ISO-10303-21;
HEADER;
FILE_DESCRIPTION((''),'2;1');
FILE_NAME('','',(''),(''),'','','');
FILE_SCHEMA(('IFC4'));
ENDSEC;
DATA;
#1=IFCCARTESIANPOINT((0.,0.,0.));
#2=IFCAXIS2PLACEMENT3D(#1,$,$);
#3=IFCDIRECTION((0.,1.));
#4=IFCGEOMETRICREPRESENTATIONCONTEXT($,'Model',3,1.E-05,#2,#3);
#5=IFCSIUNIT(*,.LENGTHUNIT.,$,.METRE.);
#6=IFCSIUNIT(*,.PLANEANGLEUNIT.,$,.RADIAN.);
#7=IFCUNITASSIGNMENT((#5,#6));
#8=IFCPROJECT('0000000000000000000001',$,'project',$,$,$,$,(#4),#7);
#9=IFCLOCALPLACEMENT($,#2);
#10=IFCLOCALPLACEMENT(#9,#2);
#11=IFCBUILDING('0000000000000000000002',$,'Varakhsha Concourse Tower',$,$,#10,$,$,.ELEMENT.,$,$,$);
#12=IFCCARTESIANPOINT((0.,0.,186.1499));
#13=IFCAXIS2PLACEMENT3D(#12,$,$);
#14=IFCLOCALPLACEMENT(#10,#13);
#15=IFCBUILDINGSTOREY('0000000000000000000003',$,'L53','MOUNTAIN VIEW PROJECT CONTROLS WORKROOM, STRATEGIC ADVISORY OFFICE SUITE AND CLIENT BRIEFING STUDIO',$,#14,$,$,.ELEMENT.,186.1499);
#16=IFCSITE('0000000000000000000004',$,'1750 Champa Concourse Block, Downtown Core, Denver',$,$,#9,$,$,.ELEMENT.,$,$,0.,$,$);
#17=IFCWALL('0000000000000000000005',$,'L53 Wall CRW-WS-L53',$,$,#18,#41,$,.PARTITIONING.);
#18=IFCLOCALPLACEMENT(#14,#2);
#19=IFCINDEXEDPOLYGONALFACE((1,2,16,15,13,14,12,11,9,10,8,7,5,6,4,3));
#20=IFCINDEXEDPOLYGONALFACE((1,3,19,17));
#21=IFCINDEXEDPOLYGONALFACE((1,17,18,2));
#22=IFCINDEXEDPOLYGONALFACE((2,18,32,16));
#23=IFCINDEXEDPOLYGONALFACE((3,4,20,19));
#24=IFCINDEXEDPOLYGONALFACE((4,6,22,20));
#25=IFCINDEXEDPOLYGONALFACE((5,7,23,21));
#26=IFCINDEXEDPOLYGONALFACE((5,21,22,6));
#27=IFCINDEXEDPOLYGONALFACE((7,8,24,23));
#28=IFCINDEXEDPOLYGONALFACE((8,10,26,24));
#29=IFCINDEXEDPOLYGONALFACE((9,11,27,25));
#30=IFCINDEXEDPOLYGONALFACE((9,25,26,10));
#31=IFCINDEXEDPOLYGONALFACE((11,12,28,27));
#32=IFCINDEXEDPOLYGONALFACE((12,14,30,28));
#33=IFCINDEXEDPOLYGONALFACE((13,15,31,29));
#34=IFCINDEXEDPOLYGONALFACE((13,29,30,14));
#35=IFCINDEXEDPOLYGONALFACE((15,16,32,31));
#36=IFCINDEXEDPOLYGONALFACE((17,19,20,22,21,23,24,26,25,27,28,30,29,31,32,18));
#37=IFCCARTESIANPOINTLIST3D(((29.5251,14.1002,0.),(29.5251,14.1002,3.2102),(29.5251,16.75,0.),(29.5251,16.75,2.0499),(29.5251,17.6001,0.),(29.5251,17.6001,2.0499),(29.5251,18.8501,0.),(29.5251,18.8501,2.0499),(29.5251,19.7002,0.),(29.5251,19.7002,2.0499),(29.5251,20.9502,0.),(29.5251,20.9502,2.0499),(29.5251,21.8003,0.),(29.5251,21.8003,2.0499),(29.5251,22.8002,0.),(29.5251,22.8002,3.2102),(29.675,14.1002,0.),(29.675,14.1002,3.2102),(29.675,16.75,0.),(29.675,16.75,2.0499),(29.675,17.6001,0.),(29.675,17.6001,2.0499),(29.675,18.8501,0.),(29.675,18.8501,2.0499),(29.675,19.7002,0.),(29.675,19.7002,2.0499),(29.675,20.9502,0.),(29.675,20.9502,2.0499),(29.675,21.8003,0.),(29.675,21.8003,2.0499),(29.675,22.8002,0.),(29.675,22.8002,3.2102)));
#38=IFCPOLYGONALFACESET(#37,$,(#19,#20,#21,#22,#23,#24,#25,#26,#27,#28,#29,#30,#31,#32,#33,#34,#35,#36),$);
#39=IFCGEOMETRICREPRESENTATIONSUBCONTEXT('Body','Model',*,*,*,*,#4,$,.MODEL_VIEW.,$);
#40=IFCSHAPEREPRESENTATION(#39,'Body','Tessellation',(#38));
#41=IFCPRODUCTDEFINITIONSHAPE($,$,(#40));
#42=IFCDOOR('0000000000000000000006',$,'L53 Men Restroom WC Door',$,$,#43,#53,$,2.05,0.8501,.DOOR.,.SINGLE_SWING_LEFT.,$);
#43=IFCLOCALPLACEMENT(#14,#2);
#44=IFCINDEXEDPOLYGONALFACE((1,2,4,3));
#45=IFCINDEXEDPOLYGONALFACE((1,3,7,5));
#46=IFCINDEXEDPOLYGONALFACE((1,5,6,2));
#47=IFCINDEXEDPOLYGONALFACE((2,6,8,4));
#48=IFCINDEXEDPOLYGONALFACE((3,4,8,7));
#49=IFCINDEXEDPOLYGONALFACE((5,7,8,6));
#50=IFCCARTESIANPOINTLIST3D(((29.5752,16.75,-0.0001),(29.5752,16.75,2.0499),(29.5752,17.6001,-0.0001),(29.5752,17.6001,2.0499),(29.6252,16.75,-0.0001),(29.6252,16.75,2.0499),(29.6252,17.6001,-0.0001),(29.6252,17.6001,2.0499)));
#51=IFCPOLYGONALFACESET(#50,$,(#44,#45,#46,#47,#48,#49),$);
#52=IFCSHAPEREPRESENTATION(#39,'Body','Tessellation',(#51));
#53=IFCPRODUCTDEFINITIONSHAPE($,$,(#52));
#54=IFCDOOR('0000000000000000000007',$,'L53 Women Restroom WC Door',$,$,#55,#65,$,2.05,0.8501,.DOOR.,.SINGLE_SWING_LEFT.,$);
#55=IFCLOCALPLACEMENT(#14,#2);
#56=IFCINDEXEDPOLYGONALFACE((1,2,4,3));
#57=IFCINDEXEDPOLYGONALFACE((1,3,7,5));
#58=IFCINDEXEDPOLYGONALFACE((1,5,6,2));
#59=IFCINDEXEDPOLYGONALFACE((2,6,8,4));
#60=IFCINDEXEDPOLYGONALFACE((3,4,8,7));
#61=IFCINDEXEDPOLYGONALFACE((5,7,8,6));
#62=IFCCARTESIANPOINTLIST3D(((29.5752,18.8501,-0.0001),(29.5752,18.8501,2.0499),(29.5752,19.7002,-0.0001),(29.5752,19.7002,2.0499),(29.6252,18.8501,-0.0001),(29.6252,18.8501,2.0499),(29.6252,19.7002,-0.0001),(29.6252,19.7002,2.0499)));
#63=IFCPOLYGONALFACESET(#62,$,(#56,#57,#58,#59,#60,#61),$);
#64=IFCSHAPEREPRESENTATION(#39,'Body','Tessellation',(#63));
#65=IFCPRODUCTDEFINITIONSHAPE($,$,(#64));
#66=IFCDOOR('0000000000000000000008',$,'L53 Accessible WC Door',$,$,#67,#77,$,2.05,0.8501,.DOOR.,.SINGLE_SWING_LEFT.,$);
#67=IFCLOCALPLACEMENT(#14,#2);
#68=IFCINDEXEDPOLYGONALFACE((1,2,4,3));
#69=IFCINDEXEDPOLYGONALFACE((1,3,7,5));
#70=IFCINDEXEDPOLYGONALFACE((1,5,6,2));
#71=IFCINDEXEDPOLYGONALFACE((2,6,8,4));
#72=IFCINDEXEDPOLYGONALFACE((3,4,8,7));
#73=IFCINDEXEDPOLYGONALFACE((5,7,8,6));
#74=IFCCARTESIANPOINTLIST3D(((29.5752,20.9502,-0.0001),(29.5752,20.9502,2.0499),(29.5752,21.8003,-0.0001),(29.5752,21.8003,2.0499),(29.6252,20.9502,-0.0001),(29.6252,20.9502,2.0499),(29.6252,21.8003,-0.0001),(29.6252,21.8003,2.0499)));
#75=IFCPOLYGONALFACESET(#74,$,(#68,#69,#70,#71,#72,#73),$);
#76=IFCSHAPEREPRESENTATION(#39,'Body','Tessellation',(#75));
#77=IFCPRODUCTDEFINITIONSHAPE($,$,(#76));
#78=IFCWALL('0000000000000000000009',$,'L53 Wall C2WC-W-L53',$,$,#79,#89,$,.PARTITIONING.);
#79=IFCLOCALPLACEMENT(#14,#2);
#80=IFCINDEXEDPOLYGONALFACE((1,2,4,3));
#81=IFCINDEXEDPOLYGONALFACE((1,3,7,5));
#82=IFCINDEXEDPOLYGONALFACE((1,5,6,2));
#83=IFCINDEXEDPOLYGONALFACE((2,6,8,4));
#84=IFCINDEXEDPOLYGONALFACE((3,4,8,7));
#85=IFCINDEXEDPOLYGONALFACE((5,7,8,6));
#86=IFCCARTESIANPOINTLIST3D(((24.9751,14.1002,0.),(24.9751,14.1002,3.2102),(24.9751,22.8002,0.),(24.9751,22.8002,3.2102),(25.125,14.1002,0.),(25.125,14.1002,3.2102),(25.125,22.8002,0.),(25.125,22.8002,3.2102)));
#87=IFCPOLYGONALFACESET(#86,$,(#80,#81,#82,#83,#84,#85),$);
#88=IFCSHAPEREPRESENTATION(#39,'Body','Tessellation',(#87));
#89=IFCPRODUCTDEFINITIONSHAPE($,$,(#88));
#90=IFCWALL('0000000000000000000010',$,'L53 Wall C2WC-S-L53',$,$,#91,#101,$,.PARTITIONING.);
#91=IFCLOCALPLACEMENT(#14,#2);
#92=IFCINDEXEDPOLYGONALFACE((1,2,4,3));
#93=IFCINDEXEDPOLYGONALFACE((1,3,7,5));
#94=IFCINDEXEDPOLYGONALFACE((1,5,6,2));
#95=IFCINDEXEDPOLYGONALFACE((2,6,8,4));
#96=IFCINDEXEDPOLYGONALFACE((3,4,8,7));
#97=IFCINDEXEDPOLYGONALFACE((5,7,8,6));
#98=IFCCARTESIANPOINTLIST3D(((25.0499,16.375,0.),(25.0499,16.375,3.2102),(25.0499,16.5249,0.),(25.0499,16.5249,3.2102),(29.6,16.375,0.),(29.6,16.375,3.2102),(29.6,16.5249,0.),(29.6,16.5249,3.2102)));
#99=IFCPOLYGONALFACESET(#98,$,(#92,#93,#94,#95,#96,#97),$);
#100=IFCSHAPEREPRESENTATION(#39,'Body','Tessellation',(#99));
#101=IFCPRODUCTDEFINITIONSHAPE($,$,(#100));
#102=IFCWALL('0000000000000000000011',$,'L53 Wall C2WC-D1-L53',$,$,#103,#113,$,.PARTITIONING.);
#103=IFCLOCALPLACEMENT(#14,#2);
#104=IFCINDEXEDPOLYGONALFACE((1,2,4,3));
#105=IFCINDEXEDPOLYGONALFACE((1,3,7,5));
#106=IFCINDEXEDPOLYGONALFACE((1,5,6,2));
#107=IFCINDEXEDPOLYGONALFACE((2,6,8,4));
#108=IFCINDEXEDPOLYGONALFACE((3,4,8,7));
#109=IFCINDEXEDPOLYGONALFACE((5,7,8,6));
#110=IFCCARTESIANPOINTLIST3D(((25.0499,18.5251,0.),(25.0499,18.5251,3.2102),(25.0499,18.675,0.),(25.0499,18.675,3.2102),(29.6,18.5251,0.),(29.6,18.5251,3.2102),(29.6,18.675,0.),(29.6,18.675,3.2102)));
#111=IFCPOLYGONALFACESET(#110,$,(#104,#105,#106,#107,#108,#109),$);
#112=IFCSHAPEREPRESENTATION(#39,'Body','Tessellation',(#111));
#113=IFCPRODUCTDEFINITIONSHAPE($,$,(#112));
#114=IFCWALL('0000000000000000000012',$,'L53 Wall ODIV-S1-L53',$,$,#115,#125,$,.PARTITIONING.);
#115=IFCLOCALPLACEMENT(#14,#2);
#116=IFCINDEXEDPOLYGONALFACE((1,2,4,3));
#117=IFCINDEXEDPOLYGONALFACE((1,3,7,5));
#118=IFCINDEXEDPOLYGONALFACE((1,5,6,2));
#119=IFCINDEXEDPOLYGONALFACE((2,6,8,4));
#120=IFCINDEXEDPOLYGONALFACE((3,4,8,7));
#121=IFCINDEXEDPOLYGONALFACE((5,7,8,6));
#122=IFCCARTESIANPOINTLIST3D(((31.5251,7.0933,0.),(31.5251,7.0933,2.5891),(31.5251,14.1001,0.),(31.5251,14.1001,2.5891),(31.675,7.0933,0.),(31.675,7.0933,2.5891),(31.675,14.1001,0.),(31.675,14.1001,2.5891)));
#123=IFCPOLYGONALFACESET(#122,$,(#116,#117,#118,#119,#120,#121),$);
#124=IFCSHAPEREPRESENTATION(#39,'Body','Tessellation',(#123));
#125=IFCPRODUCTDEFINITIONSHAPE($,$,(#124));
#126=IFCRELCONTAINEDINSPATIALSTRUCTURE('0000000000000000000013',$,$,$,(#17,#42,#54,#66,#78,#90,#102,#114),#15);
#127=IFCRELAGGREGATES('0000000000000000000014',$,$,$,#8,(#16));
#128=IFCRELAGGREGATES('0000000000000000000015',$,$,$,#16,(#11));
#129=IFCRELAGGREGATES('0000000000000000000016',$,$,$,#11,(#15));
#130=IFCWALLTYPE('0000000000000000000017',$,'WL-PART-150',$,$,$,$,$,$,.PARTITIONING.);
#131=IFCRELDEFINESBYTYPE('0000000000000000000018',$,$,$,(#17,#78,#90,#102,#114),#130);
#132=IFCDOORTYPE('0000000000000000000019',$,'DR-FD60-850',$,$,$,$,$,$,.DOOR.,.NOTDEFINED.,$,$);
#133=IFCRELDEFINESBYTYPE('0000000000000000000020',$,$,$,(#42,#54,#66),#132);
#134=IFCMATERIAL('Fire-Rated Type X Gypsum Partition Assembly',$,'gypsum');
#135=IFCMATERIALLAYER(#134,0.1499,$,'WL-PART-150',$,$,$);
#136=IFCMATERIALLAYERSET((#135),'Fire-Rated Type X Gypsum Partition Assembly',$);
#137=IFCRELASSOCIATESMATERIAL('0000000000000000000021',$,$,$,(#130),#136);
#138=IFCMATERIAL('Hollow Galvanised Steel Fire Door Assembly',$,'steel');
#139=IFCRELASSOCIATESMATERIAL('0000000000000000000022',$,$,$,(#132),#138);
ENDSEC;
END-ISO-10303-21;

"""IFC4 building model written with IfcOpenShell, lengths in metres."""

from ifc_helpers import new_model, si_unit, direction, frame, frame_2d, origin, place, context, subcontext, project, spatial, rectangle, extrude, material, layer, layer_set, type_object, element, fill, save


model = new_model("IFC4")

# Units and contexts
model_context = context("Model", 3, precision=1e-05, world=origin(), true_north=direction((0.0, 1.0)))
body_context = subcontext(model_context, "Body", "Model", "MODEL_VIEW")
ifc_project = project(units=[si_unit("LENGTHUNIT", "METRE"), si_unit("PLANEANGLEUNIT", "RADIAN")], contexts=[model_context])

# Site, building, storey
site_placement = place(None, origin())
site = spatial("IfcSite", under=ifc_project, at=site_placement, Name="1750 Champa Concourse Block, Downtown Core, Denver", CompositionType="ELEMENT", RefElevation=0.0)
building_placement = place(site_placement, origin())
building = spatial("IfcBuilding", under=site, at=building_placement, Name="Varakhsha Concourse Tower", CompositionType="ELEMENT")
storey_placement = place(building_placement, frame((0.0, 0.0, 186.1499)))
storey = spatial("IfcBuildingStorey", under=building, at=storey_placement, Name="L53", Description="MOUNTAIN VIEW PROJECT CONTROLS WORKROOM, STRATEGIC ADVISORY OFFICE SUITE AND CLIENT BRIEFING STUDIO", CompositionType="ELEMENT", Elevation=186.1499)

# Wall, openings, doors
ifc_material_1 = material(Name="Fire-Rated Type X Gypsum Partition Assembly", Category="gypsum")
ifc_layer_1 = layer(ifc_material_1, 0.1499, Name="WL-PART-150")
ifc_layer_set_1 = layer_set([ifc_layer_1], Name="Fire-Rated Type X Gypsum Partition Assembly")
wall_type = type_object("IfcWallType", Name="WL-PART-150", PredefinedType="PARTITIONING", material=ifc_layer_set_1)
ifc_material_2 = material(Name="Hollow Galvanised Steel Fire Door Assembly", Category="steel")
wall_1_placement = place(storey_placement, frame((29.6001, 14.1001, 0.0), z_axis=(0.0, 0.0, 1.0), x_axis=(0.0, 1.0, 0.0)))
wall_1 = element("IfcWall", 1, at=wall_1_placement, inside=storey, type_object=wall_type, Name="L53 Wall CRW-WS-L53", PredefinedType="PARTITIONING", context=body_context, shape_type="SweptSolid", body=[
    extrude(rectangle(XDim=8.7, YDim=0.1499, at=frame_2d((4.3501, 0.0))), origin(), (0.0, 0.0, 1.0), 3.2102),
])
opening_1_placement = place(wall_1_placement, frame((2.6499, 0.0, 0.0)))
opening_1 = element("IfcOpeningElement", 2, at=opening_1_placement, cuts=wall_1, PredefinedType="OPENING", context=body_context, shape_type="SweptSolid", body=[
    extrude(rectangle(XDim=0.8501, YDim=2.05, at=frame_2d((0.425, 1.0249))), frame((0.0, 0.085, 0.0), z_axis=(0.0, -1.0, 0.0), x_axis=(1.0, 0.0, 0.0)), (0.0, 0.0, 1.0), 0.1699),
])
opening_2_placement = place(wall_1_placement, frame((4.75, 0.0, 0.0)))
opening_2 = element("IfcOpeningElement", 3, at=opening_2_placement, cuts=wall_1, PredefinedType="OPENING", context=body_context, shape_type="SweptSolid", body=[
    extrude(rectangle(XDim=0.8501, YDim=2.05, at=frame_2d((0.425, 1.0249))), frame((0.0, 0.085, 0.0), z_axis=(0.0, -1.0, 0.0), x_axis=(1.0, 0.0, 0.0)), (0.0, 0.0, 1.0), 0.1699),
])
opening_3_placement = place(wall_1_placement, frame((6.8501, 0.0, 0.0)))
opening_3 = element("IfcOpeningElement", 4, at=opening_3_placement, cuts=wall_1, PredefinedType="OPENING", context=body_context, shape_type="SweptSolid", body=[
    extrude(rectangle(XDim=0.8501, YDim=2.05, at=frame_2d((0.425, 1.0249))), frame((0.0, 0.085, 0.0), z_axis=(0.0, -1.0, 0.0), x_axis=(1.0, 0.0, 0.0)), (0.0, 0.0, 1.0), 0.1699),
])
door_type_1 = type_object("IfcDoorType", Name="DR-FD60-850", OperationType="NOTDEFINED", PredefinedType="DOOR", material=ifc_material_2)
door_1_placement = place(opening_1_placement, origin())
door_1 = element("IfcDoor", 5, at=door_1_placement, inside=storey, type_object=door_type_1, Name="L53 Men Restroom WC Door", OperationType="SINGLE_SWING_LEFT", OverallHeight=2.05, OverallWidth=0.8501, PredefinedType="DOOR", context=body_context, shape_type="SweptSolid", body=[
    extrude(rectangle(XDim=0.8501, YDim=2.05, at=frame_2d((0.425, 1.0249))), frame((0.0, 0.0249, 0.0), z_axis=(0.0, -1.0, 0.0), x_axis=(1.0, 0.0, 0.0)), (0.0, 0.0, 1.0), 0.05),
])
fill(opening_1, door_1)
door_2_placement = place(opening_2_placement, origin())
door_2 = element("IfcDoor", 6, at=door_2_placement, inside=storey, type_object=door_type_1, Name="L53 Women Restroom WC Door", OperationType="SINGLE_SWING_LEFT", OverallHeight=2.05, OverallWidth=0.8501, PredefinedType="DOOR", context=body_context, shape_type="SweptSolid", body=[
    extrude(rectangle(XDim=0.8501, YDim=2.05, at=frame_2d((0.425, 1.0249))), frame((0.0, 0.0249, 0.0), z_axis=(0.0, -1.0, 0.0), x_axis=(1.0, 0.0, 0.0)), (0.0, 0.0, 1.0), 0.05),
])
fill(opening_2, door_2)
door_3_placement = place(opening_3_placement, origin())
door_3 = element("IfcDoor", 7, at=door_3_placement, inside=storey, type_object=door_type_1, Name="L53 Accessible WC Door", OperationType="SINGLE_SWING_LEFT", OverallHeight=2.05, OverallWidth=0.8501, PredefinedType="DOOR", context=body_context, shape_type="SweptSolid", body=[
    extrude(rectangle(XDim=0.8501, YDim=2.05, at=frame_2d((0.425, 1.0249))), frame((0.0, 0.0249, 0.0), z_axis=(0.0, -1.0, 0.0), x_axis=(1.0, 0.0, 0.0)), (0.0, 0.0, 1.0), 0.05),
])
fill(opening_3, door_3)

# Walls
wall_2_placement = place(storey_placement, frame((25.05, 14.1001, 0.0), z_axis=(0.0, 0.0, 1.0), x_axis=(0.0, 1.0, 0.0)))
element("IfcWall", 8, at=wall_2_placement, inside=storey, type_object=wall_type, Name="L53 Wall C2WC-W-L53", PredefinedType="PARTITIONING", context=body_context, shape_type="SweptSolid", body=[
    extrude(rectangle(XDim=8.7, YDim=0.1499, at=frame_2d((4.3501, 0.0))), origin(), (0.0, 0.0, 1.0), 3.2102),
])
for number, where, z_axis, x_axis, name in (
    (9, (25.05, 16.45, 0.0), (0.0, 0.0, 1.0), (1.0, 0.0, 0.0), "L53 Wall C2WC-S-L53"),
    (10, (25.05, 18.6001, 0.0), (0.0, 0.0, 1.0), (1.0, 0.0, 0.0), "L53 Wall C2WC-D1-L53"),
):
    element("IfcWall", number, at=place(storey_placement, frame(where, z_axis=z_axis, x_axis=x_axis)), inside=storey, type_object=wall_type, Name=name, PredefinedType="PARTITIONING", context=body_context, shape_type="SweptSolid", body=[
        extrude(rectangle(XDim=4.55, YDim=0.1499, at=frame_2d((2.2749, 0.0))), origin(), (0.0, 0.0, 1.0), 3.2102),
    ])
wall_3_placement = place(storey_placement, frame((31.6001, 7.0933, 0.0), z_axis=(0.0, 0.0, 1.0), x_axis=(0.0, 1.0, 0.0)))
element("IfcWall", 11, at=wall_3_placement, inside=storey, type_object=wall_type, Name="L53 Wall ODIV-S1-L53", PredefinedType="PARTITIONING", context=body_context, shape_type="SweptSolid", body=[
    extrude(rectangle(XDim=7.0068, YDim=0.1499, at=frame_2d((3.5034, 0.0))), origin(), (0.0, 0.0, 1.0), 2.5891),
])

save(model, "model.ifc")
